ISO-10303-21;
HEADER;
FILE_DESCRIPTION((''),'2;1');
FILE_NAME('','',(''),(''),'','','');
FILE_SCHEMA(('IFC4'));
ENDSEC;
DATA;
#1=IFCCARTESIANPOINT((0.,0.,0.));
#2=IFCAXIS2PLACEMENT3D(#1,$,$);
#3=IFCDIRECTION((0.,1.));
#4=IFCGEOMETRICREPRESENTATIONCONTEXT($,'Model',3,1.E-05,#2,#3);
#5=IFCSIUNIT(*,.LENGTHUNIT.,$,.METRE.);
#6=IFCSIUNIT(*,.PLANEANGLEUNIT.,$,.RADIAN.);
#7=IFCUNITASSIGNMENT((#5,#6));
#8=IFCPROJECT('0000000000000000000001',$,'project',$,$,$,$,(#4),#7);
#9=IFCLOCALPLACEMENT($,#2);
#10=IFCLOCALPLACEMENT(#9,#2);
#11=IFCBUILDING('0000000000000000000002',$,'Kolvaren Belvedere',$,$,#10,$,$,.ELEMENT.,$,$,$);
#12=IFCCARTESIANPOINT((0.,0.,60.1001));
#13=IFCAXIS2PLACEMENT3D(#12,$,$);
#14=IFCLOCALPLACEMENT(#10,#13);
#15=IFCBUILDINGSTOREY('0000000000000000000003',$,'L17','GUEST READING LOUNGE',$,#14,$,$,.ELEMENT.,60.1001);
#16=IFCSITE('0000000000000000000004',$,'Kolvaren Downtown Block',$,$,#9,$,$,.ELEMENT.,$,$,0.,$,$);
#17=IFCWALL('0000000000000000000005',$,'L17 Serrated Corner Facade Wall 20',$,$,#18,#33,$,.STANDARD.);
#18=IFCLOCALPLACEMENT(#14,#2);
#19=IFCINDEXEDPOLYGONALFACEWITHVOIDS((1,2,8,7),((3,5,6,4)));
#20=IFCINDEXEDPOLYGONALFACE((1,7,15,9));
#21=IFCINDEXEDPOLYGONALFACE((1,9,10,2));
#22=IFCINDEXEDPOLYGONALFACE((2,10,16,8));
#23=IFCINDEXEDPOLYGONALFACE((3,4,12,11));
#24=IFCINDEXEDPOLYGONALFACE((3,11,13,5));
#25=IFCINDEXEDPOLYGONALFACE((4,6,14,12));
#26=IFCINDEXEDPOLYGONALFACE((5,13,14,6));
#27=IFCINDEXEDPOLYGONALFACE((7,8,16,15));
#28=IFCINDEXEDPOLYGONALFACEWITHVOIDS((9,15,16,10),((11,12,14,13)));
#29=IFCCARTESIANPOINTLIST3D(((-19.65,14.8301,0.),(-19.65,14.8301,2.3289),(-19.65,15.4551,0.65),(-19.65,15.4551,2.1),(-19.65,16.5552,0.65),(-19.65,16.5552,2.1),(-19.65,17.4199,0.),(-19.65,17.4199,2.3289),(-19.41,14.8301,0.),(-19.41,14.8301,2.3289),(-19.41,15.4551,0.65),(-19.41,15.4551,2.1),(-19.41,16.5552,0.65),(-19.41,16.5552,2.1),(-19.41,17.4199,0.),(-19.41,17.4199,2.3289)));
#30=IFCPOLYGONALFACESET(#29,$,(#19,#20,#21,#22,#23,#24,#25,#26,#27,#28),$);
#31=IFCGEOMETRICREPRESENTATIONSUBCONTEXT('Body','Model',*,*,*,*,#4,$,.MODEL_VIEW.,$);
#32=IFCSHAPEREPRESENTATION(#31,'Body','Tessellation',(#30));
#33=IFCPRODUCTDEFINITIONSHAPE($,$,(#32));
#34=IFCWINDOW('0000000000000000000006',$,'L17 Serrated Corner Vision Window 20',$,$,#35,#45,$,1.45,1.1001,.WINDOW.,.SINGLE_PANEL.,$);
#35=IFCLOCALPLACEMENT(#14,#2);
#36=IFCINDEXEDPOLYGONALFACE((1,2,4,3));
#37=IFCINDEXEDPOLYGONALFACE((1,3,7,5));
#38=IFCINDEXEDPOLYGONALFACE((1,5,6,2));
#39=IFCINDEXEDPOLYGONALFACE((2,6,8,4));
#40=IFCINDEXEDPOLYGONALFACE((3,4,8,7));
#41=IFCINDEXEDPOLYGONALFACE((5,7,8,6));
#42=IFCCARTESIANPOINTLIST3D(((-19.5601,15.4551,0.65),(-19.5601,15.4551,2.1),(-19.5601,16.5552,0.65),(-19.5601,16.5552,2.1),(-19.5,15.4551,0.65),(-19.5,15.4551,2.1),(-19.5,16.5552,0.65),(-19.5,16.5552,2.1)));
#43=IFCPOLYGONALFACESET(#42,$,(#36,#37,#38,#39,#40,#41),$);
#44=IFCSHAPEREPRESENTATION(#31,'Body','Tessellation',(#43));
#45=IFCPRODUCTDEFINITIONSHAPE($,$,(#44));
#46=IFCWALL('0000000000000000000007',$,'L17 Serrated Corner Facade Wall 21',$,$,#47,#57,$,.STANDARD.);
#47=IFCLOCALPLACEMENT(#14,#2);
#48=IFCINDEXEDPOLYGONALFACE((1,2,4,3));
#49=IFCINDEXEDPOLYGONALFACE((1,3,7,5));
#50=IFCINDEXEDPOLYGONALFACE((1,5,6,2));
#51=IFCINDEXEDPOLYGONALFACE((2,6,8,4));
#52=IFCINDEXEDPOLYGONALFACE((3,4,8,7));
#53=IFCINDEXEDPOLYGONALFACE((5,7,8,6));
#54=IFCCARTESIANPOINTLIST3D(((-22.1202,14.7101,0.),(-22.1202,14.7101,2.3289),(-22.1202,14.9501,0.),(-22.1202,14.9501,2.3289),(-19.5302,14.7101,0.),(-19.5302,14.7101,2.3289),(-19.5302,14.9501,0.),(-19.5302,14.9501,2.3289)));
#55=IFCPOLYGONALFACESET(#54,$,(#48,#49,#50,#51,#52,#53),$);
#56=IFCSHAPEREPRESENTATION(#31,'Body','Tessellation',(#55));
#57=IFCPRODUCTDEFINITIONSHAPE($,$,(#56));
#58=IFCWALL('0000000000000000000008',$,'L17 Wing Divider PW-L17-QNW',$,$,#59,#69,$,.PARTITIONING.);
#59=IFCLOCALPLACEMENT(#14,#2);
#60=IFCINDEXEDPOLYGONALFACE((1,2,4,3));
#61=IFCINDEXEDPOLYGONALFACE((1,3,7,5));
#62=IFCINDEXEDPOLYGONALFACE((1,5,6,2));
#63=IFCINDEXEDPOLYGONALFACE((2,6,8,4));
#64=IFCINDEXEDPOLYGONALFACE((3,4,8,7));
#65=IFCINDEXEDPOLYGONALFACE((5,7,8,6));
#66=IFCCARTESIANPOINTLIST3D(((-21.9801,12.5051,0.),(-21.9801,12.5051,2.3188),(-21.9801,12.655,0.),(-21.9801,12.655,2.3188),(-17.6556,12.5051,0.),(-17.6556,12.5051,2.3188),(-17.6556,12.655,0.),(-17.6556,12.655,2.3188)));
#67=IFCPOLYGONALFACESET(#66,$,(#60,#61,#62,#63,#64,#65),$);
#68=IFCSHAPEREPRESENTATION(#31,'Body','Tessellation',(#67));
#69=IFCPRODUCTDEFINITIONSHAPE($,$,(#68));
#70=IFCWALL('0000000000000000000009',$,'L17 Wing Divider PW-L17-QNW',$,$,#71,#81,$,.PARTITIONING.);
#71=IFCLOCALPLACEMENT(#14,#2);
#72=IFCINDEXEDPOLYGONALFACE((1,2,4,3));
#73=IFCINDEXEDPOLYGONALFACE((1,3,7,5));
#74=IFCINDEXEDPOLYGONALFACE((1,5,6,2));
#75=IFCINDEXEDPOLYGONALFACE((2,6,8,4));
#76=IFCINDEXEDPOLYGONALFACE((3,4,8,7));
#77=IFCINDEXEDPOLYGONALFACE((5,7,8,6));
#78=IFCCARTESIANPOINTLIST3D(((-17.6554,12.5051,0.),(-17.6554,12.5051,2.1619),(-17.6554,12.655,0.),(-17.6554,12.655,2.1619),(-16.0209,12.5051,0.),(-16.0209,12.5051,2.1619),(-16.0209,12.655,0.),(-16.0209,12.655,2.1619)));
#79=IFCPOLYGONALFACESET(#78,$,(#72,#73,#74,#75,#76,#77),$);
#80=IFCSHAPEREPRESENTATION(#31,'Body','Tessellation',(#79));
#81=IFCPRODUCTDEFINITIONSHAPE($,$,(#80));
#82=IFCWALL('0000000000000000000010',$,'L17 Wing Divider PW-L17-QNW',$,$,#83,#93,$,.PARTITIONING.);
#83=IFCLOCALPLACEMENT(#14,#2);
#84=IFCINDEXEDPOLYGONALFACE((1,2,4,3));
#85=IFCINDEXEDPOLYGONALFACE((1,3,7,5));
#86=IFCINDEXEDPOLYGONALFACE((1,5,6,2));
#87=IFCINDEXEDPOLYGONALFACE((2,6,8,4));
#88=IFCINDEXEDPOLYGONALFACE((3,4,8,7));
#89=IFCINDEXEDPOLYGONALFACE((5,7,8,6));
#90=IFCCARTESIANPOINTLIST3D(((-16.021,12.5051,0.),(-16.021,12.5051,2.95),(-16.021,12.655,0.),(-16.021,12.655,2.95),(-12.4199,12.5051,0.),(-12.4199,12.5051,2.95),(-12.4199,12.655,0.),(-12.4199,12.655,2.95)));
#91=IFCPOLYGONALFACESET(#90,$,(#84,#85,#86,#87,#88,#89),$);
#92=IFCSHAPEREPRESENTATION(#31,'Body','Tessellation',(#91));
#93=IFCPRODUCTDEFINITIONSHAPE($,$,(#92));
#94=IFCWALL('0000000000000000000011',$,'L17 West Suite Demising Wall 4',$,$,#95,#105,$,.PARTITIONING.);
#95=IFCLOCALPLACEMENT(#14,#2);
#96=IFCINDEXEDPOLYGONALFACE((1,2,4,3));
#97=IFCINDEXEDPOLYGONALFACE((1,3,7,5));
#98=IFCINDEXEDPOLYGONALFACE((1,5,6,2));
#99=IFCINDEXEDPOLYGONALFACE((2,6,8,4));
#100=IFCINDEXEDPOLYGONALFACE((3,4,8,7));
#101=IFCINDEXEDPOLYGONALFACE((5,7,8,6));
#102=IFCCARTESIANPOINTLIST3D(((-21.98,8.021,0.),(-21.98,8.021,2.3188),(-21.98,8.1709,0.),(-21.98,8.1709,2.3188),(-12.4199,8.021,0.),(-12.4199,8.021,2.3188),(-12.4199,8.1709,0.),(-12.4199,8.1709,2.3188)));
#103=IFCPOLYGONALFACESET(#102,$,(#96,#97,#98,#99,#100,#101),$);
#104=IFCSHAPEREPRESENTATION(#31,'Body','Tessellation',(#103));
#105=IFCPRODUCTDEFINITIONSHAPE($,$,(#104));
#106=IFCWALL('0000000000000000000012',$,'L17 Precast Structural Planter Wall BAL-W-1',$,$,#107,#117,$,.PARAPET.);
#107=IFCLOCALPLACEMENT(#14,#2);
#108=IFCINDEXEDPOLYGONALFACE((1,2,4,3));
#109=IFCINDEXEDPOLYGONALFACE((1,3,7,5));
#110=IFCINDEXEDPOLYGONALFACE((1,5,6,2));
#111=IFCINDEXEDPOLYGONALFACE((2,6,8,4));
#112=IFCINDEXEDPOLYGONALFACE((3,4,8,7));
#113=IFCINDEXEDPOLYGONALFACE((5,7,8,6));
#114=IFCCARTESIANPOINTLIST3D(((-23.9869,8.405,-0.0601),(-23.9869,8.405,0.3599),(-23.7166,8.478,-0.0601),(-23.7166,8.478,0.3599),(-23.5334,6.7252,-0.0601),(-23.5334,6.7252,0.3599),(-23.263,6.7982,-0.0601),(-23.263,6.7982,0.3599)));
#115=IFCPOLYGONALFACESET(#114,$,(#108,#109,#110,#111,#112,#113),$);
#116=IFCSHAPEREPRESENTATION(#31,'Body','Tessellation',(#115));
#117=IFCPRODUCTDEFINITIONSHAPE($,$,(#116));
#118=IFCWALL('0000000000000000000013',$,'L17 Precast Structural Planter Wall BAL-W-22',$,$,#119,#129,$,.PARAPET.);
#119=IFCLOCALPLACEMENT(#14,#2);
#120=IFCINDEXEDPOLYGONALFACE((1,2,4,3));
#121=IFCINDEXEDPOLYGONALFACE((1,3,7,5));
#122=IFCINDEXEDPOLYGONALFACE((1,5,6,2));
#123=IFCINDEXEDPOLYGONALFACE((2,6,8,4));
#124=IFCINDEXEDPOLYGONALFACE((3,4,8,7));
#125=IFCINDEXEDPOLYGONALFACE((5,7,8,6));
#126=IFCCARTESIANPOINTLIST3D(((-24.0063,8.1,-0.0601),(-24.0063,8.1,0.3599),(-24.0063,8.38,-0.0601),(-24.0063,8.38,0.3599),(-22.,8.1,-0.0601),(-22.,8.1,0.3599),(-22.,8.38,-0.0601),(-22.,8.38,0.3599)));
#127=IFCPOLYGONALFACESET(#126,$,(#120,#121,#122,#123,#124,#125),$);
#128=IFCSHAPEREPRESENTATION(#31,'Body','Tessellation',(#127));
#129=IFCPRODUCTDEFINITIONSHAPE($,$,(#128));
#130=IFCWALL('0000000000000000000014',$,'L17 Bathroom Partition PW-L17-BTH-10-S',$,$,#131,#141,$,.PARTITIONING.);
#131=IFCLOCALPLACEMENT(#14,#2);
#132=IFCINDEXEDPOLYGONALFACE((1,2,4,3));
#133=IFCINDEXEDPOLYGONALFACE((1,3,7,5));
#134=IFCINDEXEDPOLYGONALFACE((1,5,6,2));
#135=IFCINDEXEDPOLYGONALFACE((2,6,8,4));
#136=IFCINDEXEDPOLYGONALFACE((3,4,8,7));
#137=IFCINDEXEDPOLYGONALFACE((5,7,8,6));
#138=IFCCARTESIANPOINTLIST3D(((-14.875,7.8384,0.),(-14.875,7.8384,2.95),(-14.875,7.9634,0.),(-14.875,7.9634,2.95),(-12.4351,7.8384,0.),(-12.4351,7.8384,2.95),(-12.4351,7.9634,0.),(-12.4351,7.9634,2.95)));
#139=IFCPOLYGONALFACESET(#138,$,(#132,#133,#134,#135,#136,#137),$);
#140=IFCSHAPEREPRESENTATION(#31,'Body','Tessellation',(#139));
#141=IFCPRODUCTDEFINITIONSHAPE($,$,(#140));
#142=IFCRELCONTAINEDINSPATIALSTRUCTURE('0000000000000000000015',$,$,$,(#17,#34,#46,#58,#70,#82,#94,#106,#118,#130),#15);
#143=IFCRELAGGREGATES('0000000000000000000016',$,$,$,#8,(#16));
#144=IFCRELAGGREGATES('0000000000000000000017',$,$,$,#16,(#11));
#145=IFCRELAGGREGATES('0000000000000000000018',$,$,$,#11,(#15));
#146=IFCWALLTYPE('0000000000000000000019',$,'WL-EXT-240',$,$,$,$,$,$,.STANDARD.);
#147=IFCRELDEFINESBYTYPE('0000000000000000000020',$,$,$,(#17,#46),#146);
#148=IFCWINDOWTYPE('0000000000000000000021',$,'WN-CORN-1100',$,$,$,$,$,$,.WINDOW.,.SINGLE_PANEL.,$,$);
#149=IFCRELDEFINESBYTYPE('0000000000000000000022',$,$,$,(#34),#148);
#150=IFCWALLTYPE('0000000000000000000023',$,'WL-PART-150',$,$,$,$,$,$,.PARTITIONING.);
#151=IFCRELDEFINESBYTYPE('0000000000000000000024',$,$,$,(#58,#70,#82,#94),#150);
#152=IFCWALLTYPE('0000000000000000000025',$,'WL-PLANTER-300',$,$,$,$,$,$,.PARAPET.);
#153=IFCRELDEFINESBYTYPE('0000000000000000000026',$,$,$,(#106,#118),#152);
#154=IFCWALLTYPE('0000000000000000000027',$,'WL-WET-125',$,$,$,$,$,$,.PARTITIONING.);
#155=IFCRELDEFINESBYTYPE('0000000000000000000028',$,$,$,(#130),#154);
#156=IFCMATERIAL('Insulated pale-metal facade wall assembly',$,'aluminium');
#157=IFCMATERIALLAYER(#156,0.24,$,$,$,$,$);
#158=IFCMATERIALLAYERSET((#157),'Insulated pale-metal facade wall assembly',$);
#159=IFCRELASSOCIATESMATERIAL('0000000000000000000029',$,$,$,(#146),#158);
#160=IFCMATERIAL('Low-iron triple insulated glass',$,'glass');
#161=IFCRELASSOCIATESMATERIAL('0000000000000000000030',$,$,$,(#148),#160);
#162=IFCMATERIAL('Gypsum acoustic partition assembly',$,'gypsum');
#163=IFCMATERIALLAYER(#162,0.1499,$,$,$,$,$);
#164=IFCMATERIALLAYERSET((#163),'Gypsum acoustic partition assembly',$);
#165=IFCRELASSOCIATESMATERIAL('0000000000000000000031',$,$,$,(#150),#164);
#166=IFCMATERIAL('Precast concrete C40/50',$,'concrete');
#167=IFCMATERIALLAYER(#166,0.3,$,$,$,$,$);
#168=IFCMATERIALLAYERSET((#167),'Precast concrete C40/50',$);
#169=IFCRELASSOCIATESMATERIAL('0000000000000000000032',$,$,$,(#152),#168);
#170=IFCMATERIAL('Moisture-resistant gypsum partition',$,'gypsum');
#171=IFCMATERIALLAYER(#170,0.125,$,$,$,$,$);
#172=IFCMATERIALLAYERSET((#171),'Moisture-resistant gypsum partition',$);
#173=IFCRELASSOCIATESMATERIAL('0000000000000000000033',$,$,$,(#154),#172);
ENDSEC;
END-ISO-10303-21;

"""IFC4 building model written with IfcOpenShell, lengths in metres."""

from ifc_helpers import new_model, si_unit, direction, frame, frame_2d, origin, place, context, subcontext, project, spatial, rectangle, extrude, material, layer, layer_set, type_object, element, fill, save


model = new_model("IFC4")

# Units and contexts
model_context = context("Model", 3, precision=1e-05, world=origin(), true_north=direction((0.0, 1.0)))
body_context = subcontext(model_context, "Body", "Model", "MODEL_VIEW")
ifc_project = project(units=[si_unit("LENGTHUNIT", "METRE"), si_unit("PLANEANGLEUNIT", "RADIAN")], contexts=[model_context])

# Site, building, storey
site_placement = place(None, origin())
site = spatial("IfcSite", under=ifc_project, at=site_placement, Name="Kolvaren Downtown Block", CompositionType="ELEMENT", RefElevation=0.0)
building_placement = place(site_placement, origin())
building = spatial("IfcBuilding", under=site, at=building_placement, Name="Kolvaren Belvedere", CompositionType="ELEMENT")
storey_placement = place(building_placement, frame((0.0, 0.0, 60.1001)))
storey = spatial("IfcBuildingStorey", under=building, at=storey_placement, Name="L17", Description="GUEST READING LOUNGE", CompositionType="ELEMENT", Elevation=60.1001)

# Shared definitions
ifc_material_1 = material(Name="Insulated pale-metal facade wall assembly", Category="aluminium")
ifc_layer_1 = layer(ifc_material_1, 0.24)
ifc_layer_set_1 = layer_set([ifc_layer_1], Name="Insulated pale-metal facade wall assembly")
wall_type_1 = type_object("IfcWallType", Name="WL-EXT-240", PredefinedType="STANDARD", material=ifc_layer_set_1)

# Wall, opening, window
ifc_material_2 = material(Name="Low-iron triple insulated glass", Category="glass")
window_type = type_object("IfcWindowType", Name="WN-CORN-1100", PartitioningType="SINGLE_PANEL", PredefinedType="WINDOW", material=ifc_material_2)
wall_1_placement = place(storey_placement, frame((-19.53, 14.8301, 0.0), z_axis=(0.0, 0.0, 1.0), x_axis=(0.0, 1.0, 0.0)))
wall_1 = element("IfcWall", 1, at=wall_1_placement, inside=storey, type_object=wall_type_1, Name="L17 Serrated Corner Facade Wall 20", PredefinedType="STANDARD", context=body_context, shape_type="SweptSolid", body=[
    extrude(rectangle(XDim=2.5898, YDim=0.24, at=frame_2d((1.2949, 0.0))), origin(), (0.0, 0.0, 1.0), 2.3289),
])
opening_1_placement = place(wall_1_placement, frame((0.625, 0.0, 0.6499)))
opening_1 = element("IfcOpeningElement", 2, at=opening_1_placement, cuts=wall_1, PredefinedType="OPENING", context=body_context, shape_type="SweptSolid", body=[
    extrude(rectangle(XDim=1.1001, YDim=1.45, at=frame_2d((0.55, 0.7251))), frame((0.0, 0.1299, 0.0), z_axis=(0.0, -1.0, 0.0), x_axis=(1.0, 0.0, 0.0)), (0.0, 0.0, 1.0), 0.26),
])
window_1_placement = place(opening_1_placement, origin())
window_1 = element("IfcWindow", 3, at=window_1_placement, inside=storey, type_object=window_type, Name="L17 Serrated Corner Vision Window 20", OverallHeight=1.45, OverallWidth=1.1001, PartitioningType="SINGLE_PANEL", PredefinedType="WINDOW", context=body_context, shape_type="SweptSolid", body=[
    extrude(rectangle(XDim=1.1001, YDim=1.45, at=frame_2d((0.55, 0.7251))), frame((0.0, 0.03, 0.0), z_axis=(0.0, -1.0, 0.0), x_axis=(1.0, 0.0, 0.0)), (0.0, 0.0, 1.0), 0.0601),
])
fill(opening_1, window_1)

# Walls
wall_2_placement = place(storey_placement, frame((-22.1201, 14.8301, 0.0), z_axis=(0.0, 0.0, 1.0), x_axis=(1.0, 0.0, 0.0)))
element("IfcWall", 4, at=wall_2_placement, inside=storey, type_object=wall_type_1, Name="L17 Serrated Corner Facade Wall 21", PredefinedType="STANDARD", context=body_context, shape_type="SweptSolid", body=[
    extrude(rectangle(XDim=2.5901, YDim=0.24, at=frame_2d((1.2949, 0.0))), origin(), (0.0, 0.0, 1.0), 2.3289),
])
ifc_material_3 = material(Name="Gypsum acoustic partition assembly", Category="gypsum")
ifc_layer_2 = layer(ifc_material_3, 0.1499)
ifc_layer_set_2 = layer_set([ifc_layer_2], Name="Gypsum acoustic partition assembly")
wall_type_2 = type_object("IfcWallType", Name="WL-PART-150", PredefinedType="PARTITIONING", material=ifc_layer_set_2)
wall_3_placement = place(storey_placement, frame((-21.98, 12.5801, 0.0), z_axis=(0.0, 0.0, 1.0), x_axis=(1.0, 0.0, 0.0)))
element("IfcWall", 5, at=wall_3_placement, inside=storey, type_object=wall_type_2, Name="L17 Wing Divider PW-L17-QNW", PredefinedType="PARTITIONING", context=body_context, shape_type="SweptSolid", body=[
    extrude(rectangle(XDim=4.3245, YDim=0.1499, at=frame_2d((2.1621, 0.0))), origin(), (0.0, 0.0, 1.0), 2.3188),
])
wall_4_placement = place(storey_placement, frame((-17.6555, 12.5801, 0.0), z_axis=(0.0, 0.0, 1.0), x_axis=(1.0, 0.0, 0.0)))
element("IfcWall", 6, at=wall_4_placement, inside=storey, type_object=wall_type_2, Name="L17 Wing Divider PW-L17-QNW", PredefinedType="PARTITIONING", context=body_context, shape_type="SweptSolid", body=[
    extrude(rectangle(XDim=1.6345, YDim=0.1499, at=frame_2d((0.8174, 0.0))), origin(), (0.0, 0.0, 1.0), 2.1619),
])
wall_5_placement = place(storey_placement, frame((-16.021, 12.5801, 0.0), z_axis=(0.0, 0.0, 1.0), x_axis=(1.0, 0.0, 0.0)))
element("IfcWall", 7, at=wall_5_placement, inside=storey, type_object=wall_type_2, Name="L17 Wing Divider PW-L17-QNW", PredefinedType="PARTITIONING", context=body_context, shape_type="SweptSolid", body=[
    extrude(rectangle(XDim=3.6011, YDim=0.1499, at=frame_2d((1.8005, 0.0))), origin(), (0.0, 0.0, 1.0), 2.95),
])
wall_6_placement = place(storey_placement, frame((-21.98, 8.0959, 0.0), z_axis=(0.0, 0.0, 1.0), x_axis=(1.0, 0.0, 0.0)))
element("IfcWall", 8, at=wall_6_placement, inside=storey, type_object=wall_type_2, Name="L17 West Suite Demising Wall 4", PredefinedType="PARTITIONING", context=body_context, shape_type="SweptSolid", body=[
    extrude(rectangle(XDim=9.5601, YDim=0.1499, at=frame_2d((4.78, 0.0))), origin(), (0.0, 0.0, 1.0), 2.3188),
])
ifc_material_4 = material(Name="Precast concrete C40/50", Category="concrete")
ifc_layer_3 = layer(ifc_material_4, 0.3)
ifc_layer_set_3 = layer_set([ifc_layer_3], Name="Precast concrete C40/50")
wall_type_3 = type_object("IfcWallType", Name="WL-PLANTER-300", PredefinedType="PARAPET", material=ifc_layer_set_3)
wall_7_placement = place(storey_placement, frame((-23.8518, 8.4417, -0.0601), z_axis=(0.0, 0.0, 1.0), x_axis=(0.260683, -0.965424, 0.0)))
element("IfcWall", 9, at=wall_7_placement, inside=storey, type_object=wall_type_3, Name="L17 Precast Structural Planter Wall BAL-W-1", PredefinedType="PARAPET", context=body_context, shape_type="SweptSolid", body=[
    extrude(rectangle(XDim=1.74, YDim=0.28, at=frame_2d((0.8701, 0.0))), origin(), (0.0, 0.0, 1.0), 0.4199),
])
wall_8_placement = place(storey_placement, frame((-22.0, 8.24, -0.0601), z_axis=(0.0, 0.0, 1.0), x_axis=(-1.0, 0.0, 0.0)))
element("IfcWall", 10, at=wall_8_placement, inside=storey, type_object=wall_type_3, Name="L17 Precast Structural Planter Wall BAL-W-22", PredefinedType="PARAPET", context=body_context, shape_type="SweptSolid", body=[
    extrude(rectangle(XDim=2.0063, YDim=0.28, at=frame_2d((1.0032, 0.0))), origin(), (0.0, 0.0, 1.0), 0.4199),
])
ifc_material_5 = material(Name="Moisture-resistant gypsum partition", Category="gypsum")
ifc_layer_4 = layer(ifc_material_5, 0.125)
ifc_layer_set_4 = layer_set([ifc_layer_4], Name="Moisture-resistant gypsum partition")
wall_type_4 = type_object("IfcWallType", Name="WL-WET-125", PredefinedType="PARTITIONING", material=ifc_layer_set_4)
wall_9_placement = place(storey_placement, frame((-14.875, 7.9009, 0.0), z_axis=(0.0, 0.0, 1.0), x_axis=(1.0, 0.0, 0.0)))
element("IfcWall", 11, at=wall_9_placement, inside=storey, type_object=wall_type_4, Name="L17 Bathroom Partition PW-L17-BTH-10-S", PredefinedType="PARTITIONING", context=body_context, shape_type="SweptSolid", body=[
    extrude(rectangle(XDim=2.4399, YDim=0.125, at=frame_2d((1.22, 0.0))), origin(), (0.0, 0.0, 1.0), 2.95),
])

save(model, "model.ifc")
